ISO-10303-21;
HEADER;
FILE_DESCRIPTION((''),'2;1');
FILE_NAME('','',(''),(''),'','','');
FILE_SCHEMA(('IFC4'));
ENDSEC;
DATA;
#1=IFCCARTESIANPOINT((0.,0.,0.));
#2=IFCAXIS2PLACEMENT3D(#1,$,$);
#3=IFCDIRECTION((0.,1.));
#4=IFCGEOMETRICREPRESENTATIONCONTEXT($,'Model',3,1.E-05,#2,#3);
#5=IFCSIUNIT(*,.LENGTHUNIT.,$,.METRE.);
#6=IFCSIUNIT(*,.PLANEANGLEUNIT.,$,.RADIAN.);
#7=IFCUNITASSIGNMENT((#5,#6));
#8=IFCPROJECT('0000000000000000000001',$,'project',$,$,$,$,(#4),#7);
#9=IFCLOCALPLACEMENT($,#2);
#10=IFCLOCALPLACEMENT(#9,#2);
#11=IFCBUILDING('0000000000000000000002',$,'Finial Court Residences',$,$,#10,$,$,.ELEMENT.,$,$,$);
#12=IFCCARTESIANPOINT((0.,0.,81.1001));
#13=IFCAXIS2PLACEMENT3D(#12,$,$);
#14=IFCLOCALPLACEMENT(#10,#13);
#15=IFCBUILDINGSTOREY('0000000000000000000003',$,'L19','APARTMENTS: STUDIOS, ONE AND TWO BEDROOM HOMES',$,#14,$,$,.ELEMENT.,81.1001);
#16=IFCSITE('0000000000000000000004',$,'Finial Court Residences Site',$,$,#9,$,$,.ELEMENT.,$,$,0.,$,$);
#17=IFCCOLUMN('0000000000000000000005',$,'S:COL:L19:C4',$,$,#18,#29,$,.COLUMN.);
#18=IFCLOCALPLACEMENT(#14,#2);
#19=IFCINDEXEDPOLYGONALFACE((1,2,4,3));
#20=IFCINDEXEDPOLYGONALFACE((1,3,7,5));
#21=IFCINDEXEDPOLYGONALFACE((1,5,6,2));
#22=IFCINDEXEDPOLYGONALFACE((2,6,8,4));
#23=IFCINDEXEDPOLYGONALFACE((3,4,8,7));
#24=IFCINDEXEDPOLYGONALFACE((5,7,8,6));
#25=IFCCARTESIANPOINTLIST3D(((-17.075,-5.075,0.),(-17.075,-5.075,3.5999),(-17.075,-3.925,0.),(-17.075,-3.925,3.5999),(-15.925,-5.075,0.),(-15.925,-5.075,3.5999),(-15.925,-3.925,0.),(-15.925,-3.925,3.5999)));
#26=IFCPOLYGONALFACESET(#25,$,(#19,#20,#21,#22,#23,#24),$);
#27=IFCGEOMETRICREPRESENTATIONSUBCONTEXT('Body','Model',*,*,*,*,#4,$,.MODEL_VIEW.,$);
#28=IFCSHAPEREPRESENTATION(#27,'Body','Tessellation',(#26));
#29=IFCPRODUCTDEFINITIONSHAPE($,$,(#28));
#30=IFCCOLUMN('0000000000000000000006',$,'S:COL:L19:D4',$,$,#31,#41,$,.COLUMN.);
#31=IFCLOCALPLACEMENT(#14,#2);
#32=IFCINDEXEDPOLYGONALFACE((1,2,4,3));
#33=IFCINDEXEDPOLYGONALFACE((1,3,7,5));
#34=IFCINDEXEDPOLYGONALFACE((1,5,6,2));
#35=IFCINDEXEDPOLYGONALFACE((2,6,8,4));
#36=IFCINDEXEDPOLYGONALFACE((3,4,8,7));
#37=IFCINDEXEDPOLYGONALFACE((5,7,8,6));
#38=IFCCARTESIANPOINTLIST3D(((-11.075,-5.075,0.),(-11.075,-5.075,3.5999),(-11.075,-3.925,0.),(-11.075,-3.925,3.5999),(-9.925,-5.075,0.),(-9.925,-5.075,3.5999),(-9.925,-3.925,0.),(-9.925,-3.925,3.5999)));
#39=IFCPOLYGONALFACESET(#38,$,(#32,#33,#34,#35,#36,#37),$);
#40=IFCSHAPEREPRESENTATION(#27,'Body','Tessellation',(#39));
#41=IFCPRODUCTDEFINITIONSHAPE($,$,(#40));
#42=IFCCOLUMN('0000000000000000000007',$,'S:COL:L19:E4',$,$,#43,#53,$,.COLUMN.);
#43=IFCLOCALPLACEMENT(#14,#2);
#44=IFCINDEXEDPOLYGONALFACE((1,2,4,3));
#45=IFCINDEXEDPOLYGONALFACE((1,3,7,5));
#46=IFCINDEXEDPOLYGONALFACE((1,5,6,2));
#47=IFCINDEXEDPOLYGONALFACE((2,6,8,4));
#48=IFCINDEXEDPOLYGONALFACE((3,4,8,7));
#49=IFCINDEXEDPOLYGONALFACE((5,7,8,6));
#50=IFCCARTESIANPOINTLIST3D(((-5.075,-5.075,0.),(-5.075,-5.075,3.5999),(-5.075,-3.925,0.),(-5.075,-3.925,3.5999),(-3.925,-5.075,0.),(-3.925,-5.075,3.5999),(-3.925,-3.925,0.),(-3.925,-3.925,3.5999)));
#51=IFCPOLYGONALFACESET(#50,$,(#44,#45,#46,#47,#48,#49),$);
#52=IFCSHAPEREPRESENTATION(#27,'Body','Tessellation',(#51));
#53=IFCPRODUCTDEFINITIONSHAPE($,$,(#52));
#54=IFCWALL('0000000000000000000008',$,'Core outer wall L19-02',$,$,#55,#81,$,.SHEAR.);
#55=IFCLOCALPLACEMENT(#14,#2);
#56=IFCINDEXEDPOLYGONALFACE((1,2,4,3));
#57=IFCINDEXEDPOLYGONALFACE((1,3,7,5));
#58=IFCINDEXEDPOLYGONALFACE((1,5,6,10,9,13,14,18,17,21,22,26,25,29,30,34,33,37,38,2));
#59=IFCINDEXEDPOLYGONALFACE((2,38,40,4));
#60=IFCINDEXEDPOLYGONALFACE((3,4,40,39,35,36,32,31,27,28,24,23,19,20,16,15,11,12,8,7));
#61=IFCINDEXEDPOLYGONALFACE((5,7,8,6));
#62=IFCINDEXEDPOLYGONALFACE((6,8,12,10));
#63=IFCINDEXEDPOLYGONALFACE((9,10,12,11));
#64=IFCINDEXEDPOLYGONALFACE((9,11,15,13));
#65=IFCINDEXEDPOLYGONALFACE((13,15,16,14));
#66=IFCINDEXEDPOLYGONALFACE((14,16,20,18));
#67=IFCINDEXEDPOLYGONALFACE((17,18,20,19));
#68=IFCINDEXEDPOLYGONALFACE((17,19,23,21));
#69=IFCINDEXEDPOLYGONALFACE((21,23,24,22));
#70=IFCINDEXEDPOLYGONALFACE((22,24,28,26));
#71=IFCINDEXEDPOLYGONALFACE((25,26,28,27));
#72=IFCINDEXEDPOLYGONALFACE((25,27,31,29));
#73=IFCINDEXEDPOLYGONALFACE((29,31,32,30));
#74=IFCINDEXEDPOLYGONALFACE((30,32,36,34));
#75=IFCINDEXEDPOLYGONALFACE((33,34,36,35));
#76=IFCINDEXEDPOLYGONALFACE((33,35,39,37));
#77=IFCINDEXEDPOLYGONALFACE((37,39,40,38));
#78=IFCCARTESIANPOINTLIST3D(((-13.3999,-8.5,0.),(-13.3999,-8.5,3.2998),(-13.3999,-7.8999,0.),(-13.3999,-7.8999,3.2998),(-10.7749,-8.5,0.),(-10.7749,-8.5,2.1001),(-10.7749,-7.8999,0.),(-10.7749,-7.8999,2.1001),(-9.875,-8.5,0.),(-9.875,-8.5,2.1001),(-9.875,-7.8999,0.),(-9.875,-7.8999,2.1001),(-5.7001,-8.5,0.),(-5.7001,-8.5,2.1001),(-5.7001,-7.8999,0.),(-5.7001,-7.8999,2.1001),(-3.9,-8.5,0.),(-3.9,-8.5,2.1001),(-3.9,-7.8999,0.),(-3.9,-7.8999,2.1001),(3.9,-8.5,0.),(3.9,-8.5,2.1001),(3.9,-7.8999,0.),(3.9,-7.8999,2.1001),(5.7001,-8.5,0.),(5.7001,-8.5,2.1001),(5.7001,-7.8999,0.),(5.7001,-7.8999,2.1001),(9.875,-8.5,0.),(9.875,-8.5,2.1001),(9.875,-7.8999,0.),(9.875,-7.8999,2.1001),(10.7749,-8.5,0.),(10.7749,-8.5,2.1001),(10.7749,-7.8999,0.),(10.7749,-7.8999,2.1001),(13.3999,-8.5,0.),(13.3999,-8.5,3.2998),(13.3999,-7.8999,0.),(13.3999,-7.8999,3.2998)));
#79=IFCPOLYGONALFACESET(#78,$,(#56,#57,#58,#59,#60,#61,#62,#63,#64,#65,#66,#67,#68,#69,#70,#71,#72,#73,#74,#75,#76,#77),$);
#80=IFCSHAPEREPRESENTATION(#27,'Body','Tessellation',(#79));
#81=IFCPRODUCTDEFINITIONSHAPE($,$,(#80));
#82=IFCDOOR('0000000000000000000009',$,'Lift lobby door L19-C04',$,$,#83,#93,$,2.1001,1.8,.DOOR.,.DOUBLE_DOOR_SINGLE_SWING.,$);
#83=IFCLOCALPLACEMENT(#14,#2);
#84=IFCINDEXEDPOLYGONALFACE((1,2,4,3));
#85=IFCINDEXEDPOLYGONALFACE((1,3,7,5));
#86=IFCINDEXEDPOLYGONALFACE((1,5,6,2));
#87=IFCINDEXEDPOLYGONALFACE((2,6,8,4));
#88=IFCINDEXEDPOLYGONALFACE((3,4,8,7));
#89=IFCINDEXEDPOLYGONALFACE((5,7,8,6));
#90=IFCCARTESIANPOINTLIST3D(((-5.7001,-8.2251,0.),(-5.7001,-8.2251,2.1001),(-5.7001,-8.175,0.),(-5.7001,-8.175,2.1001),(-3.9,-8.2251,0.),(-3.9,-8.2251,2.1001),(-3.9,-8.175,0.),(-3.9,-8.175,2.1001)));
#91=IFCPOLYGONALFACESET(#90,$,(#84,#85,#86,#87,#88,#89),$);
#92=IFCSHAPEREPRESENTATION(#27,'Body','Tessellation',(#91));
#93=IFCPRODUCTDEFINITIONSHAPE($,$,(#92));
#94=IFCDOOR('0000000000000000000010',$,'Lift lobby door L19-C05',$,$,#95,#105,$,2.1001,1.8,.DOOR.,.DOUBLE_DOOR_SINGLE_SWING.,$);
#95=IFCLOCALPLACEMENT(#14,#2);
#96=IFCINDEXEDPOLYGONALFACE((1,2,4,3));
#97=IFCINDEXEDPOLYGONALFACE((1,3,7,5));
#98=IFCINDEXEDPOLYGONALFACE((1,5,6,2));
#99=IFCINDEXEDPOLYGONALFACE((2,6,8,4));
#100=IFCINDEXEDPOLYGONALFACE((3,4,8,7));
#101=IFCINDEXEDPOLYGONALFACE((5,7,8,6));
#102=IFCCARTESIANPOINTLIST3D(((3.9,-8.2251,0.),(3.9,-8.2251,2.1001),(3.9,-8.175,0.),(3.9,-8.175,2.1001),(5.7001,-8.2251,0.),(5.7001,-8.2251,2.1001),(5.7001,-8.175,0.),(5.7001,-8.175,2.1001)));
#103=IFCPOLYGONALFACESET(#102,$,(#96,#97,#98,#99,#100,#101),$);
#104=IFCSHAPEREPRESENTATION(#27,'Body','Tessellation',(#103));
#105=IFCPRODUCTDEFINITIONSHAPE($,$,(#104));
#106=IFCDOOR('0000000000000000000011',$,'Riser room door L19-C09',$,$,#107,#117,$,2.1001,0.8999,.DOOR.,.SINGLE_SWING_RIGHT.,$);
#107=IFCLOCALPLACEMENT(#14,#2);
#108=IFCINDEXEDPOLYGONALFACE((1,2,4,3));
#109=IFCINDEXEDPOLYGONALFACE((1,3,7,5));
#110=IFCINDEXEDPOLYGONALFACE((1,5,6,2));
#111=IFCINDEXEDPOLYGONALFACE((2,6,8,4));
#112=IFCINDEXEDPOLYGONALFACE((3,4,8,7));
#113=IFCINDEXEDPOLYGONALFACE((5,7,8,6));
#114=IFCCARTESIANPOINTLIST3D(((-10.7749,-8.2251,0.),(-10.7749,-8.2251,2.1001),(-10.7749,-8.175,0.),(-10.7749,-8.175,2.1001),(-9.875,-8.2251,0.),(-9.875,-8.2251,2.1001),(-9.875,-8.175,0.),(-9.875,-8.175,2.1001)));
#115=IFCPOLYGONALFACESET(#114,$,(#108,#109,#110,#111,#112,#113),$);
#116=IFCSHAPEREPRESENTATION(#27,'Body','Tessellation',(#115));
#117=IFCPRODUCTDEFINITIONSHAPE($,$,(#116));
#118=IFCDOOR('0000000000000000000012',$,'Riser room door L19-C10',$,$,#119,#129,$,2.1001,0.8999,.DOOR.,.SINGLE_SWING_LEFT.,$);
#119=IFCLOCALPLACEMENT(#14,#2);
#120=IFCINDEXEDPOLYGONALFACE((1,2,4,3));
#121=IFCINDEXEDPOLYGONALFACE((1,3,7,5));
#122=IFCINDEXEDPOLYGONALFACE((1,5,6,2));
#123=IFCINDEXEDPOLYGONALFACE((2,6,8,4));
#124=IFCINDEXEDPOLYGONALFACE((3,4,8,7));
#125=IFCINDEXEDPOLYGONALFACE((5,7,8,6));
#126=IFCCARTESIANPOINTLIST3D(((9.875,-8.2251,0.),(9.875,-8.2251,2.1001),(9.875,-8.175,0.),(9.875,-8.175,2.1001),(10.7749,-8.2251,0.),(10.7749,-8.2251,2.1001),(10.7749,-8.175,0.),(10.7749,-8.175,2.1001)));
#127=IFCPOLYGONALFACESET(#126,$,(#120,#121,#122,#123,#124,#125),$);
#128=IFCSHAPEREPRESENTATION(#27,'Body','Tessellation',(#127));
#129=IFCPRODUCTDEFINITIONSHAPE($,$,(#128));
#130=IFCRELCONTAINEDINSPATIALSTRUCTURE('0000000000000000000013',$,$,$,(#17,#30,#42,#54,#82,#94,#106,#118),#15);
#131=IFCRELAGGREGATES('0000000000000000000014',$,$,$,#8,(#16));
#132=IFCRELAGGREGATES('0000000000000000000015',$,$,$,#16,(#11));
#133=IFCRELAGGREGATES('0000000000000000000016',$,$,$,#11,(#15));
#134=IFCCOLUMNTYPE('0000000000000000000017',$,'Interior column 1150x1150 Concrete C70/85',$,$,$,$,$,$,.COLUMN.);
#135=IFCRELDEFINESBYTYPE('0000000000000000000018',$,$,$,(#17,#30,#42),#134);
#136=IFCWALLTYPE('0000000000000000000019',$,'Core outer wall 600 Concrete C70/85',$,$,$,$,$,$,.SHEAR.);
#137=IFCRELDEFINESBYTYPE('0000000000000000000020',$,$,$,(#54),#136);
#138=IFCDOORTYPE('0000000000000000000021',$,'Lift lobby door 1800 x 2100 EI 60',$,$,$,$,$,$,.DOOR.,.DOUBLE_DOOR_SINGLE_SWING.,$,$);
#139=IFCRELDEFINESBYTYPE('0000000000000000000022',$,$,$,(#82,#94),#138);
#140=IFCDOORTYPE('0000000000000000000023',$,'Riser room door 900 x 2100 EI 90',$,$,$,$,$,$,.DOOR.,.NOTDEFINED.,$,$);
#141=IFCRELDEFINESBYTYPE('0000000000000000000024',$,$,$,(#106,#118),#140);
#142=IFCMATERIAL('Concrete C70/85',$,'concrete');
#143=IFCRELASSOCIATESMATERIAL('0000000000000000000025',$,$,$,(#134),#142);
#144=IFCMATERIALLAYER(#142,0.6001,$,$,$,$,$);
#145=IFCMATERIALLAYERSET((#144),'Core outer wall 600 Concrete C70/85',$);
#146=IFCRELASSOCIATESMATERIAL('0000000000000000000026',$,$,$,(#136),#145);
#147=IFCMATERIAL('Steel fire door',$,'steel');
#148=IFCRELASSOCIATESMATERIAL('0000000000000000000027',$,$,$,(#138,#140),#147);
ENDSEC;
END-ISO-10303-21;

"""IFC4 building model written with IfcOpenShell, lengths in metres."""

from ifc_helpers import new_model, si_unit, direction, frame, frame_2d, origin, origin_2d, place, context, subcontext, project, spatial, rectangle, extrude, material, layer, layer_set, material_profile, profile_set, type_object, element, fill, save


model = new_model("IFC4")

# Units and contexts
model_context = context("Model", 3, precision=1e-05, world=origin(), true_north=direction((0.0, 1.0)))
body_context = subcontext(model_context, "Body", "Model", "MODEL_VIEW")
ifc_project = project(units=[si_unit("LENGTHUNIT", "METRE"), si_unit("PLANEANGLEUNIT", "RADIAN")], contexts=[model_context])

# Site, building, storey
site_placement = place(None, origin())
site = spatial("IfcSite", under=ifc_project, at=site_placement, Name="Finial Court Residences Site", CompositionType="ELEMENT", RefElevation=0.0)
building_placement = place(site_placement, origin())
building = spatial("IfcBuilding", under=site, at=building_placement, Name="Finial Court Residences", CompositionType="ELEMENT")
storey_placement = place(building_placement, frame((0.0, 0.0, 81.1001)))
storey = spatial("IfcBuildingStorey", under=building, at=storey_placement, Name="L19", Description="APARTMENTS: STUDIOS, ONE AND TWO BEDROOM HOMES", CompositionType="ELEMENT", Elevation=81.1001)

# Columns
ifc_material_1 = material(Name="Concrete C70/85", Category="concrete")
ifc_material_profile = material_profile(ifc_material_1, rectangle(XDim=1.1499, YDim=1.1499, at=origin_2d()), Name="1150x1150")
ifc_profile_set = profile_set([ifc_material_profile], Name="Concrete C70/85")
column_type = type_object("IfcColumnType", Name="Interior column 1150x1150 Concrete C70/85", PredefinedType="COLUMN", material=ifc_profile_set)
for number, where, z_axis, x_axis, name in (
    (1, (-16.5, -4.5, 0.0), (0.0, 0.0, 1.0), (1.0, 0.0, 0.0), "S:COL:L19:C4"),
    (2, (-10.5, -4.5, 0.0), (0.0, 0.0, 1.0), (1.0, 0.0, 0.0), "S:COL:L19:D4"),
    (3, (-4.5, -4.5, 0.0), (0.0, 0.0, 1.0), (1.0, 0.0, 0.0), "S:COL:L19:E4"),
):
    element("IfcColumn", number, at=place(storey_placement, frame(where, z_axis=z_axis, x_axis=x_axis)), inside=storey, type_object=column_type, Name=name, PredefinedType="COLUMN", context=body_context, shape_type="SweptSolid", body=[
        extrude(rectangle(XDim=1.1499, YDim=1.1499, at=origin_2d()), origin(), (0.0, 0.0, 1.0), 3.5999),
    ])

# Wall, openings, doors
ifc_layer_1 = layer(ifc_material_1, 0.6001)
ifc_layer_set_1 = layer_set([ifc_layer_1], Name="Core outer wall 600 Concrete C70/85")
wall_type_1 = type_object("IfcWallType", Name="Core outer wall 600 Concrete C70/85", PredefinedType="SHEAR", material=ifc_layer_set_1)
wall_1_placement = place(storey_placement, frame((-13.3999, -8.2, 0.0), z_axis=(0.0, 0.0, 1.0), x_axis=(1.0, 0.0, 0.0)))
wall_1 = element("IfcWall", 4, at=wall_1_placement, inside=storey, type_object=wall_type_1, Name="Core outer wall L19-02", PredefinedType="SHEAR", context=body_context, shape_type="SweptSolid", body=[
    extrude(rectangle(XDim=26.7998, YDim=0.6001, at=frame_2d((13.3999, 0.0))), origin(), (0.0, 0.0, 1.0), 3.2998),
])
opening_1_placement = place(wall_1_placement, frame((7.7, 0.0, 0.0)))
opening_1 = element("IfcOpeningElement", 5, at=opening_1_placement, cuts=wall_1, PredefinedType="OPENING", context=body_context, shape_type="SweptSolid", body=[
    extrude(rectangle(XDim=1.8, YDim=2.1001, at=frame_2d((0.8999, 1.05))), frame((0.0, 0.3101, 0.0), z_axis=(0.0, -1.0, 0.0), x_axis=(1.0, 0.0, 0.0)), (0.0, 0.0, 1.0), 0.6201),
])
opening_2_placement = place(wall_1_placement, frame((17.3, 0.0, 0.0)))
opening_2 = element("IfcOpeningElement", 6, at=opening_2_placement, cuts=wall_1, PredefinedType="OPENING", context=body_context, shape_type="SweptSolid", body=[
    extrude(rectangle(XDim=1.8, YDim=2.1001, at=frame_2d((0.8999, 1.05))), frame((0.0, 0.3101, 0.0), z_axis=(0.0, -1.0, 0.0), x_axis=(1.0, 0.0, 0.0)), (0.0, 0.0, 1.0), 0.6201),
])
opening_3_placement = place(wall_1_placement, frame((2.625, 0.0, 0.0)))
opening_3 = element("IfcOpeningElement", 7, at=opening_3_placement, cuts=wall_1, PredefinedType="OPENING", context=body_context, shape_type="SweptSolid", body=[
    extrude(rectangle(XDim=0.8999, YDim=2.1001, at=frame_2d((0.45, 1.05))), frame((0.0, 0.3101, 0.0), z_axis=(0.0, -1.0, 0.0), x_axis=(1.0, 0.0, 0.0)), (0.0, 0.0, 1.0), 0.6201),
])
opening_4_placement = place(wall_1_placement, frame((23.2749, 0.0, 0.0)))
opening_4 = element("IfcOpeningElement", 8, at=opening_4_placement, cuts=wall_1, PredefinedType="OPENING", context=body_context, shape_type="SweptSolid", body=[
    extrude(rectangle(XDim=0.8999, YDim=2.1001, at=frame_2d((0.45, 1.05))), frame((0.0, 0.3101, 0.0), z_axis=(0.0, -1.0, 0.0), x_axis=(1.0, 0.0, 0.0)), (0.0, 0.0, 1.0), 0.6201),
])
ifc_material_2 = material(Name="Steel fire door", Category="steel")
door_type_1 = type_object("IfcDoorType", Name="Lift lobby door 1800 x 2100 EI 60", OperationType="DOUBLE_DOOR_SINGLE_SWING", PredefinedType="DOOR", material=ifc_material_2)
door_1_placement = place(opening_1_placement, origin())
door_1 = element("IfcDoor", 9, at=door_1_placement, inside=storey, type_object=door_type_1, Name="Lift lobby door L19-C04", OperationType="DOUBLE_DOOR_SINGLE_SWING", OverallHeight=2.1001, OverallWidth=1.8, PredefinedType="DOOR", context=body_context, shape_type="SweptSolid", body=[
    extrude(rectangle(XDim=1.8, YDim=2.1001, at=frame_2d((0.8999, 1.05))), frame((0.0, 0.0249, 0.0), z_axis=(0.0, -1.0, 0.0), x_axis=(1.0, 0.0, 0.0)), (0.0, 0.0, 1.0), 0.05),
])
fill(opening_1, door_1)
door_2_placement = place(opening_2_placement, origin())
door_2 = element("IfcDoor", 10, at=door_2_placement, inside=storey, type_object=door_type_1, Name="Lift lobby door L19-C05", OperationType="DOUBLE_DOOR_SINGLE_SWING", OverallHeight=2.1001, OverallWidth=1.8, PredefinedType="DOOR", context=body_context, shape_type="SweptSolid", body=[
    extrude(rectangle(XDim=1.8, YDim=2.1001, at=frame_2d((0.8999, 1.05))), frame((0.0, 0.0249, 0.0), z_axis=(0.0, -1.0, 0.0), x_axis=(1.0, 0.0, 0.0)), (0.0, 0.0, 1.0), 0.05),
])
fill(opening_2, door_2)
door_type_2 = type_object("IfcDoorType", Name="Riser room door 900 x 2100 EI 90", OperationType="NOTDEFINED", PredefinedType="DOOR", material=ifc_material_2)
door_3_placement = place(opening_3_placement, origin())
door_3 = element("IfcDoor", 11, at=door_3_placement, inside=storey, type_object=door_type_2, Name="Riser room door L19-C09", OperationType="SINGLE_SWING_RIGHT", OverallHeight=2.1001, OverallWidth=0.8999, PredefinedType="DOOR", context=body_context, shape_type="SweptSolid", body=[
    extrude(rectangle(XDim=0.8999, YDim=2.1001, at=frame_2d((0.45, 1.05))), frame((0.0, 0.0249, 0.0), z_axis=(0.0, -1.0, 0.0), x_axis=(1.0, 0.0, 0.0)), (0.0, 0.0, 1.0), 0.05),
])
fill(opening_3, door_3)
door_4_placement = place(opening_4_placement, origin())
door_4 = element("IfcDoor", 12, at=door_4_placement, inside=storey, type_object=door_type_2, Name="Riser room door L19-C10", OperationType="SINGLE_SWING_LEFT", OverallHeight=2.1001, OverallWidth=0.8999, PredefinedType="DOOR", context=body_context, shape_type="SweptSolid", body=[
    extrude(rectangle(XDim=0.8999, YDim=2.1001, at=frame_2d((0.45, 1.05))), frame((0.0, 0.0249, 0.0), z_axis=(0.0, -1.0, 0.0), x_axis=(1.0, 0.0, 0.0)), (0.0, 0.0, 1.0), 0.05),
])
fill(opening_4, door_4)

save(model, "model.ifc")
